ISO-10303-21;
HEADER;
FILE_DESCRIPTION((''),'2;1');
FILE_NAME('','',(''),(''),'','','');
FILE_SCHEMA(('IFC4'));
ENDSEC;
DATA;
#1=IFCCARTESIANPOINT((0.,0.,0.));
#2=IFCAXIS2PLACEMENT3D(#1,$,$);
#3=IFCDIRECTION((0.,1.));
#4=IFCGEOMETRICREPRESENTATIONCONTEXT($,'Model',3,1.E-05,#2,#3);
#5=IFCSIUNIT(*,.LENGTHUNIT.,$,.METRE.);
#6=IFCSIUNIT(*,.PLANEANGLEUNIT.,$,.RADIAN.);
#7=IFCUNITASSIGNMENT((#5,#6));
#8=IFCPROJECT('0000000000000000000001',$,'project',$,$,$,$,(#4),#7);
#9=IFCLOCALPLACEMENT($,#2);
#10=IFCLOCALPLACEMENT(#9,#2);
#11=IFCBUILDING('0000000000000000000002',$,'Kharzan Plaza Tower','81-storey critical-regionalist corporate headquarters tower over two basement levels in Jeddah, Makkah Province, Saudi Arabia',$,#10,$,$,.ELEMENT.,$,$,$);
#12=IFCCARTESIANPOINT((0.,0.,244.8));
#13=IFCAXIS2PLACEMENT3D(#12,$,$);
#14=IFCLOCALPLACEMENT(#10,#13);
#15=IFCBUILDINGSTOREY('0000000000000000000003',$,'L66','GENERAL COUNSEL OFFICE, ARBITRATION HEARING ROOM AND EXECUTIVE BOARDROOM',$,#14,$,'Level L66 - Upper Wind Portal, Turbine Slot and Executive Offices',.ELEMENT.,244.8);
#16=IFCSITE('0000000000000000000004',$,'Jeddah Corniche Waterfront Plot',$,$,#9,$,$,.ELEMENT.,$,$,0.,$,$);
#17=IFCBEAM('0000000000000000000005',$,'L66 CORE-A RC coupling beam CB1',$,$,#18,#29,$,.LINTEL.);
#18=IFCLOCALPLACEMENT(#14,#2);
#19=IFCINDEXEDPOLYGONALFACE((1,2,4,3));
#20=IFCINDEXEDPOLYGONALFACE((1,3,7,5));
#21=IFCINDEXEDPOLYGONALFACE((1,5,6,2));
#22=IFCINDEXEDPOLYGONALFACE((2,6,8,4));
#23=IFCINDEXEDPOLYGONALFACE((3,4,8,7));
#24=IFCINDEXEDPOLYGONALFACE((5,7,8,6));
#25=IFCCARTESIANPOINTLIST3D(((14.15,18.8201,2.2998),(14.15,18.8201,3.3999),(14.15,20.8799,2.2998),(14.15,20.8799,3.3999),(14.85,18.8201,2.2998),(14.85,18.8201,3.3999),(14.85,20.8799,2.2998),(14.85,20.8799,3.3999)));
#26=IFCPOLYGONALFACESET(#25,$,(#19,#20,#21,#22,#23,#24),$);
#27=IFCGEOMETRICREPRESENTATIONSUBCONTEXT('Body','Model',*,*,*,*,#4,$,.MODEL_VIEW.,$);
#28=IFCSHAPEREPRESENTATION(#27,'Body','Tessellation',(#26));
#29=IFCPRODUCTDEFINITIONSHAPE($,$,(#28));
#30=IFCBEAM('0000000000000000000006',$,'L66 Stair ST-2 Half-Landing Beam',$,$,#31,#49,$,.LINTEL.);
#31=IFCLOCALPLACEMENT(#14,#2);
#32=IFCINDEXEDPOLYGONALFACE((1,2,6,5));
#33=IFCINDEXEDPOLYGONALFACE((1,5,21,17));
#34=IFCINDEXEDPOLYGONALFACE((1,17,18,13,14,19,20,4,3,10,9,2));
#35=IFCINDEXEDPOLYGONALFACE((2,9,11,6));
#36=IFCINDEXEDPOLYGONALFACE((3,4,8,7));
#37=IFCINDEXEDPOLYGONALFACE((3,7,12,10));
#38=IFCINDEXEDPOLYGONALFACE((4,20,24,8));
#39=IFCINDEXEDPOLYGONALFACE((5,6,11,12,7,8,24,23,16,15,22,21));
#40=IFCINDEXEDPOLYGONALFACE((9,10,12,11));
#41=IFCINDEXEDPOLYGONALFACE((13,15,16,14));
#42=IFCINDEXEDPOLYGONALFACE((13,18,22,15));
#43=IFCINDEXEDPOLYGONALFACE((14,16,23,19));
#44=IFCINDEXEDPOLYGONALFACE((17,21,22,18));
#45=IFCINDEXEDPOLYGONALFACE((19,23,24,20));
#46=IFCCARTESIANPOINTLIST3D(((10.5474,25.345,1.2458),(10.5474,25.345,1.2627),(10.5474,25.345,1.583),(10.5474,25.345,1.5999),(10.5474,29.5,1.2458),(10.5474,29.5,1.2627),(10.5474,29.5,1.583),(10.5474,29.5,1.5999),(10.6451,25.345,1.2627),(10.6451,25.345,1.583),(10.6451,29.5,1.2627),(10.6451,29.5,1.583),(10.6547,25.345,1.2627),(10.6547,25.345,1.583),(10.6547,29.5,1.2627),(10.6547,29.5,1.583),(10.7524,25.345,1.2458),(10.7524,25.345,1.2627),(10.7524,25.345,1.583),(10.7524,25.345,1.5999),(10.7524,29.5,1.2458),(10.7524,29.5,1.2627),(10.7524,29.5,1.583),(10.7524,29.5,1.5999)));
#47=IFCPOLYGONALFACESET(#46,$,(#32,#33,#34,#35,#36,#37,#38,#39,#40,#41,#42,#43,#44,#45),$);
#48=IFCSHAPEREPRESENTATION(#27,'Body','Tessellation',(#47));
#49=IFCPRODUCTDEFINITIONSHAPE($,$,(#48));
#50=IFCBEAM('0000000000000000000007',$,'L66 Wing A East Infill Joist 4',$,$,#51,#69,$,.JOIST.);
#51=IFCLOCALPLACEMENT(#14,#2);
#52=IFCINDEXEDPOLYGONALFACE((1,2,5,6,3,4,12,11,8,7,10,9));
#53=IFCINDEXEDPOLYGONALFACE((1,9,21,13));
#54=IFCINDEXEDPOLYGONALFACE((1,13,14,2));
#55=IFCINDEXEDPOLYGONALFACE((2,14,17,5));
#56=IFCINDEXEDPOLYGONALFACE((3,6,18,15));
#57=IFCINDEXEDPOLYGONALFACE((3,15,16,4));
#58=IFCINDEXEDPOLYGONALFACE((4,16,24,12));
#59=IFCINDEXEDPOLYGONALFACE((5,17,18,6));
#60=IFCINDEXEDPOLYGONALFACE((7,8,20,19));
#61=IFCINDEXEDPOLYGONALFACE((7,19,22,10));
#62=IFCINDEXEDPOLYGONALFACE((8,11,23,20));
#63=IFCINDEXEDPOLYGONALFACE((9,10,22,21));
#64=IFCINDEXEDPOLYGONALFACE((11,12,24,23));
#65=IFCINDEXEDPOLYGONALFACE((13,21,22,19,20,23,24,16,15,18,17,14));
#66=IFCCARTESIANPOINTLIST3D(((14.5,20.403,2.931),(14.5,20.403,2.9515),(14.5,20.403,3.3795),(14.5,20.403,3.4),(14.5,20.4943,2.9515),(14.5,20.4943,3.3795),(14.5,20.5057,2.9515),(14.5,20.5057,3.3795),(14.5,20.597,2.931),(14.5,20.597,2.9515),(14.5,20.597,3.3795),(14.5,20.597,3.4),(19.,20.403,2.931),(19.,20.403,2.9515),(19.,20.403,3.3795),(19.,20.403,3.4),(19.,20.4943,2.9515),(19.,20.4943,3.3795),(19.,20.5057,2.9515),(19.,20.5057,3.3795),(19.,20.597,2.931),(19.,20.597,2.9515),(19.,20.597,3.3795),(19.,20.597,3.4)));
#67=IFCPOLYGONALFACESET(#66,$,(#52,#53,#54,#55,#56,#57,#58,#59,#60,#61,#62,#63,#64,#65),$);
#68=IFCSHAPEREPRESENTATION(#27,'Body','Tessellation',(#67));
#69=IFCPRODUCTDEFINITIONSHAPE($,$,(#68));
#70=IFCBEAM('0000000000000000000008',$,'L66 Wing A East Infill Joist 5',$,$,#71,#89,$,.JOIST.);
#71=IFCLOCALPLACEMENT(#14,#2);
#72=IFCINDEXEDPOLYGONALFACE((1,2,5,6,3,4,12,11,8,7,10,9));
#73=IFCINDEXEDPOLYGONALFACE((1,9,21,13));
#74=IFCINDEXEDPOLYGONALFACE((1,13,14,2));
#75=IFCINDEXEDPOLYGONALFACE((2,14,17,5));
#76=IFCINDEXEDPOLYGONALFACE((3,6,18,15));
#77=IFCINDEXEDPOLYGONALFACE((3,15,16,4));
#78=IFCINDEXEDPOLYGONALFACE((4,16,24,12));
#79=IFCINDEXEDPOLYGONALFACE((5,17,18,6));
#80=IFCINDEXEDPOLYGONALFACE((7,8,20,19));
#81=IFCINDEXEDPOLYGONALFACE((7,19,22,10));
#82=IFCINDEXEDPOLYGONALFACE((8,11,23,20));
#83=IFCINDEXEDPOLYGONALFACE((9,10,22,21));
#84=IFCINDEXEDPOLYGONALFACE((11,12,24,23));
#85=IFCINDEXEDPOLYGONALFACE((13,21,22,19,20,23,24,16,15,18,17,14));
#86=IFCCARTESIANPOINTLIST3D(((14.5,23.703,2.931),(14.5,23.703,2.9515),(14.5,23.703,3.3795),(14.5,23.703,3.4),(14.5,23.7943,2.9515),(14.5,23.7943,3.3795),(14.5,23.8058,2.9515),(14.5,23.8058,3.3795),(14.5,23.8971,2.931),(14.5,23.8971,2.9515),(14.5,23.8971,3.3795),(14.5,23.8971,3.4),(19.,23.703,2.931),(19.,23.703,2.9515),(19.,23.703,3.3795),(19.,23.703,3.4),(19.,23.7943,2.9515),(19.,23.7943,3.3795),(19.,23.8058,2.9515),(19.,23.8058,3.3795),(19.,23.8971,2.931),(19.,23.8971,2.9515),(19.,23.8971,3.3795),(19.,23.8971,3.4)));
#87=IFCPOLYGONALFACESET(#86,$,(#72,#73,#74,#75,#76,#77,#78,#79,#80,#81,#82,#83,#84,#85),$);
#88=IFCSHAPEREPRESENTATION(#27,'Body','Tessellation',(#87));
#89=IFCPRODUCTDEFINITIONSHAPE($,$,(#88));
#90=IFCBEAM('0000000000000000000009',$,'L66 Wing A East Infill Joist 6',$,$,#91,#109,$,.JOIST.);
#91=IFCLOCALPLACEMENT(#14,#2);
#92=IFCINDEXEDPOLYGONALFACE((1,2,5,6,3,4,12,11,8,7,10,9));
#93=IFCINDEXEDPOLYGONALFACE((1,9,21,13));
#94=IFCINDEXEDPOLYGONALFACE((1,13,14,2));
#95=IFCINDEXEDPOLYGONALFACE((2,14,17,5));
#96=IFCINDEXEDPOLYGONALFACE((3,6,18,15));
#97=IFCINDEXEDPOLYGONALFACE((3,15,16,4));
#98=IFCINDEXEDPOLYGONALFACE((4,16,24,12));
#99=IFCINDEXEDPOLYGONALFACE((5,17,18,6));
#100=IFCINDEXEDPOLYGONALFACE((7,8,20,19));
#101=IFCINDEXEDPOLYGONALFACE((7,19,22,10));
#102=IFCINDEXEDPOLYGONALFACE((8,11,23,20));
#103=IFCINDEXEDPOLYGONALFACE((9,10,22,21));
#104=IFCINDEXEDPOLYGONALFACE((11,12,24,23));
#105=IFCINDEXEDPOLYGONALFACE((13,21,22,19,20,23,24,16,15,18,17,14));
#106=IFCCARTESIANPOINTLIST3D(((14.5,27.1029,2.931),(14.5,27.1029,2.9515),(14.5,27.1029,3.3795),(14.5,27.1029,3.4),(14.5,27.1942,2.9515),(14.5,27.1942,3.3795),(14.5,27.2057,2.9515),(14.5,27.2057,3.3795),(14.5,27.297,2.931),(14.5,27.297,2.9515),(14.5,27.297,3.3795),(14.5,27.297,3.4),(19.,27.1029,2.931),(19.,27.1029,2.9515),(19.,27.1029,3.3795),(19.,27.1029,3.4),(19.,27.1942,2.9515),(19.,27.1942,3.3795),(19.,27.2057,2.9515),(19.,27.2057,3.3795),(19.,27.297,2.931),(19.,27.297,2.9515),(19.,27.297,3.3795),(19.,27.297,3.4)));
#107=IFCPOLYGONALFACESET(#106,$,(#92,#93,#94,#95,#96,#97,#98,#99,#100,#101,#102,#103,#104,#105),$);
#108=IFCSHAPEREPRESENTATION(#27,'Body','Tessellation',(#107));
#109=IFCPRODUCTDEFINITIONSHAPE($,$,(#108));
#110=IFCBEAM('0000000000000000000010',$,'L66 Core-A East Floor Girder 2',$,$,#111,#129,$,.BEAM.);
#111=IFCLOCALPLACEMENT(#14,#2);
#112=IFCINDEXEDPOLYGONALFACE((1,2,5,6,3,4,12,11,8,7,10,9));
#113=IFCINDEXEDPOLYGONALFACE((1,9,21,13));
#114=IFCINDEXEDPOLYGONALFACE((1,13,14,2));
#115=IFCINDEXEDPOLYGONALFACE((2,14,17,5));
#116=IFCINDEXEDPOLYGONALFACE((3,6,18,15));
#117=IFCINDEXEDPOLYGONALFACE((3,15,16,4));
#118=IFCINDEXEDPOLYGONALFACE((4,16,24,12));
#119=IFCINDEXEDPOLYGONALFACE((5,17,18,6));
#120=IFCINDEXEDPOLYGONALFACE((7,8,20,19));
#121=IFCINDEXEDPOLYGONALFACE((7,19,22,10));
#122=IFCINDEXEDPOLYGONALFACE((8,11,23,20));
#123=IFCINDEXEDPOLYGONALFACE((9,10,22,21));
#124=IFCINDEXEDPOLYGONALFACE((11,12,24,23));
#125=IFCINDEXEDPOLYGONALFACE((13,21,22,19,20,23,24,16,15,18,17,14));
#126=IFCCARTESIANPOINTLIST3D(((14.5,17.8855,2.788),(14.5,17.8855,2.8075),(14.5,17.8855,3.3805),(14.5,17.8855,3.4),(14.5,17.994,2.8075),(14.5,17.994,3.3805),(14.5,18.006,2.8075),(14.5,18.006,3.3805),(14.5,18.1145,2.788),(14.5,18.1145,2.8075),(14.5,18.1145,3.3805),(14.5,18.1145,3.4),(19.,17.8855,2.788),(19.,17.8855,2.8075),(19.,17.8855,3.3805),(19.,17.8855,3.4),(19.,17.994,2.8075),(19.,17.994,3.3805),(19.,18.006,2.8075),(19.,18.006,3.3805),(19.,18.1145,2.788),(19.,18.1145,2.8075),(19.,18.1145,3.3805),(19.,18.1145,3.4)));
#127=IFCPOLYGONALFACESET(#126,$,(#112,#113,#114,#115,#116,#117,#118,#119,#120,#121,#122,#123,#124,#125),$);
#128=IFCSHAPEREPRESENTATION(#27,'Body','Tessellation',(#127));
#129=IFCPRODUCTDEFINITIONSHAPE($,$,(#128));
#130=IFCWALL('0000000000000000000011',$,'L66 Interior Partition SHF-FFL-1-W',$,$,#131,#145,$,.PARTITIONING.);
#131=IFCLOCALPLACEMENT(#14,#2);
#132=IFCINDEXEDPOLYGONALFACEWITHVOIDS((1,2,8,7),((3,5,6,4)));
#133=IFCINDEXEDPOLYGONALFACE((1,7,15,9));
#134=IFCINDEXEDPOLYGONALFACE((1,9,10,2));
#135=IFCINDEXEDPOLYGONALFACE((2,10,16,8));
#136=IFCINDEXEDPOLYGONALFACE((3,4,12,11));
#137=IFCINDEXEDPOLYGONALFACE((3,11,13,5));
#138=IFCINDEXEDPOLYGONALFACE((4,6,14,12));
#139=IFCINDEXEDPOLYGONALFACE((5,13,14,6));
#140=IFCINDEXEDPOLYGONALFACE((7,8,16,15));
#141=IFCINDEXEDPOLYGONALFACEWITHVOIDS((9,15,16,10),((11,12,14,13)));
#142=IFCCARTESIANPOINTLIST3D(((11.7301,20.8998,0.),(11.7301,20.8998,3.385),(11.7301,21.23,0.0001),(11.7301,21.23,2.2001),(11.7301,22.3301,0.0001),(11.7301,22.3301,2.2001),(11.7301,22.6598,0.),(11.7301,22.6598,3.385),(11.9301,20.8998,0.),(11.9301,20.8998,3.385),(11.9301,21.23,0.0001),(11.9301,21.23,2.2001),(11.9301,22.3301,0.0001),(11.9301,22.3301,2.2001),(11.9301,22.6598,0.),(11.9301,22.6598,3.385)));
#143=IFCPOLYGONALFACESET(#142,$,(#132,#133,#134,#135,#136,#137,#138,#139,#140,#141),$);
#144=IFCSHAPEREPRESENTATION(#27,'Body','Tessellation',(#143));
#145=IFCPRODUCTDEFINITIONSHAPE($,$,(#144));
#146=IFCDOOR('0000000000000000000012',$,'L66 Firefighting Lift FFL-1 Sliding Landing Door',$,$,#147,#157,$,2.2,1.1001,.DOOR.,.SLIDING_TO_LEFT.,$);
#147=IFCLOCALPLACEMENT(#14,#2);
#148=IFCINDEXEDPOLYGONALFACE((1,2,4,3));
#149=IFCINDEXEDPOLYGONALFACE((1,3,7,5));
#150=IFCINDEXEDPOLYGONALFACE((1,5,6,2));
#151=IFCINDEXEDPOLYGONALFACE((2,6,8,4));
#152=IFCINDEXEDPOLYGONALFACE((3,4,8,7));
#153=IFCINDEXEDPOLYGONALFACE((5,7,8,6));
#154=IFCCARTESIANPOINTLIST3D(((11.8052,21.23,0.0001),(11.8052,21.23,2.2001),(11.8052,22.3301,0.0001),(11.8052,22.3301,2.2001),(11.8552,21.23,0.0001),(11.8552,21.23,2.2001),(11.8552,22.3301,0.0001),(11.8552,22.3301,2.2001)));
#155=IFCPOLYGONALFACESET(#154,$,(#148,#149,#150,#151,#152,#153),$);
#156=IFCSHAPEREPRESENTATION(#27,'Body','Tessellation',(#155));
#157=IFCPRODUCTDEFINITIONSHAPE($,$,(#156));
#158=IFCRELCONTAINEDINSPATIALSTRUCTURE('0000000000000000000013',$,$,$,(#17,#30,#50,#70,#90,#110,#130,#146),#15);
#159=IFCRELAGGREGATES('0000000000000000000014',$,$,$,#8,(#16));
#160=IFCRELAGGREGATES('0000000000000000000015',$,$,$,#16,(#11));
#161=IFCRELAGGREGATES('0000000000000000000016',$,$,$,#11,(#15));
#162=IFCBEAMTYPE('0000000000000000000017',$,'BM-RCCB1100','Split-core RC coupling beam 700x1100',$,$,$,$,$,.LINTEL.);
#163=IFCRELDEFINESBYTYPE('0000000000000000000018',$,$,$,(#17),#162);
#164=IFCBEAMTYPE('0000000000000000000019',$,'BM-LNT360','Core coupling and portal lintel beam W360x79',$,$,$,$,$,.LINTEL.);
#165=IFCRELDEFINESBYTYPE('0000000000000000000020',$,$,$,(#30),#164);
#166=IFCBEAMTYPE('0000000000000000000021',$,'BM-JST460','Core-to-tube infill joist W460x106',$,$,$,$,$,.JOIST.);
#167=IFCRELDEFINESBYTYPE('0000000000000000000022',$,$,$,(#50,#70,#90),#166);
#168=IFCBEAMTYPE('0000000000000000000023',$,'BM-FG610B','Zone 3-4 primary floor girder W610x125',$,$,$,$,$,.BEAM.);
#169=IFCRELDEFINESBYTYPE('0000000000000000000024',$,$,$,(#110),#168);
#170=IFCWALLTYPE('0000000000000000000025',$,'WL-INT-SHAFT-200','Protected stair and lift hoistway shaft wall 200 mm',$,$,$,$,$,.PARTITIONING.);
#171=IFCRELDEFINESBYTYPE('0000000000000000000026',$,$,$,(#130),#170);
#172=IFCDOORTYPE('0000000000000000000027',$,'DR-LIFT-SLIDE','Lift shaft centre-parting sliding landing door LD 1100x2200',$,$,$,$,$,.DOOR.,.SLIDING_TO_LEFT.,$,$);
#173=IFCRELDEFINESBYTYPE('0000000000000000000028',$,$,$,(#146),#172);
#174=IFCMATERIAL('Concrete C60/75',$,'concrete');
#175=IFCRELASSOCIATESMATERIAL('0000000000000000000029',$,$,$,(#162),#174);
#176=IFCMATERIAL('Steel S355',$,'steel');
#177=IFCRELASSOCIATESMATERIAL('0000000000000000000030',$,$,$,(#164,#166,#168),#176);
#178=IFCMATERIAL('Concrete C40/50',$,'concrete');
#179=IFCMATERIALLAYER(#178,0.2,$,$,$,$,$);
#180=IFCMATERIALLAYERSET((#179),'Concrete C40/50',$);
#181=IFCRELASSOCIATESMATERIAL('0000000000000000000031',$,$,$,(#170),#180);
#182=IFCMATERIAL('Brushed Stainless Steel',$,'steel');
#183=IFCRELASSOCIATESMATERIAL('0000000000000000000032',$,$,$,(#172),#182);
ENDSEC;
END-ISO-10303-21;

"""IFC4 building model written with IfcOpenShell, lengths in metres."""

from ifc_helpers import new_model, si_unit, direction, frame, frame_2d, origin, origin_2d, place, context, subcontext, project, spatial, rectangle, i_section, extrude, source, transform, mapped, material, layer, layer_set, material_profile, profile_set, type_object, element, fill, save


model = new_model("IFC4")

# Units and contexts
model_context = context("Model", 3, precision=1e-05, world=origin(), true_north=direction((0.0, 1.0)))
body_context = subcontext(model_context, "Body", "Model", "MODEL_VIEW")
ifc_project = project(units=[si_unit("LENGTHUNIT", "METRE"), si_unit("PLANEANGLEUNIT", "RADIAN")], contexts=[model_context])

# Site, building, storey
site_placement = place(None, origin())
site = spatial("IfcSite", under=ifc_project, at=site_placement, Name="Jeddah Corniche Waterfront Plot", CompositionType="ELEMENT", RefElevation=0.0)
building_placement = place(site_placement, origin())
building = spatial("IfcBuilding", under=site, at=building_placement, Name="Kharzan Plaza Tower", Description="81-storey critical-regionalist corporate headquarters tower over two basement levels in Jeddah, Makkah Province, Saudi Arabia", CompositionType="ELEMENT")
storey_placement = place(building_placement, frame((0.0, 0.0, 244.8)))
storey = spatial("IfcBuildingStorey", under=building, at=storey_placement, Name="L66", Description="GENERAL COUNSEL OFFICE, ARBITRATION HEARING ROOM AND EXECUTIVE BOARDROOM", LongName="Level L66 - Upper Wind Portal, Turbine Slot and Executive Offices", CompositionType="ELEMENT", Elevation=244.8)

# Beams
ifc_material_1 = material(Name="Concrete C60/75", Category="concrete")
ifc_material_profile_1 = material_profile(ifc_material_1, rectangle(XDim=0.7, YDim=1.1001, at=origin_2d()), Name="RC-CB1100x700")
ifc_profile_set_1 = profile_set([ifc_material_profile_1], Name="Concrete C60/75")
beam_type_1 = type_object("IfcBeamType", Name="BM-RCCB1100", Description="Split-core RC coupling beam 700x1100", PredefinedType="LINTEL", material=ifc_profile_set_1)
shared_shape_1 = source(origin(), body_context, "Body", "SweptSolid", [
    extrude(rectangle(XDim=0.7, YDim=1.1001, at=origin_2d()), origin(), (0.0, 0.0, 1.0), 2.0598),
])
beam_1_placement = place(storey_placement, frame((14.5, 18.8201, 2.8499), z_axis=(0.0, 1.0, 0.0), x_axis=(-1.0, 0.0, 0.0)))
element("IfcBeam", 1, at=beam_1_placement, inside=storey, type_object=beam_type_1, Name="L66 CORE-A RC coupling beam CB1", PredefinedType="LINTEL", context=body_context, shape_type="MappedRepresentation", body=[
    mapped(shared_shape_1, transform((0.0, 0.0, 0.0), x_axis=(1.0, 0.0, 0.0), y_axis=(0.0, 1.0, 0.0), z_axis=(0.0, 0.0, 1.0))),
])
ifc_material_2 = material(Name="Steel S355", Category="steel")
ifc_material_profile_2 = material_profile(ifc_material_2, i_section(OverallWidth=0.2051, OverallDepth=0.354, WebThickness=0.0095, FlangeThickness=0.0168, at=origin_2d()), Name="W360x79")
ifc_profile_set_2 = profile_set([ifc_material_profile_2], Name="Steel S355")
beam_type_2 = type_object("IfcBeamType", Name="BM-LNT360", Description="Core coupling and portal lintel beam W360x79", PredefinedType="LINTEL", material=ifc_profile_set_2)
shared_shape_2 = source(origin(), body_context, "Body", "SweptSolid", [
    extrude(i_section(OverallWidth=0.2051, OverallDepth=0.354, WebThickness=0.0095, FlangeThickness=0.0168, at=origin_2d()), origin(), (0.0, 0.0, 1.0), 4.155),
])
beam_2_placement = place(storey_placement, frame((10.6499, 25.345, 1.4229), z_axis=(0.0, 1.0, 0.0), x_axis=(-1.0, 0.0, 0.0)))
element("IfcBeam", 2, at=beam_2_placement, inside=storey, type_object=beam_type_2, Name="L66 Stair ST-2 Half-Landing Beam", PredefinedType="LINTEL", context=body_context, shape_type="MappedRepresentation", body=[
    mapped(shared_shape_2, transform((0.0, 0.0, 0.0), x_axis=(1.0, 0.0, 0.0), y_axis=(0.0, 1.0, 0.0), z_axis=(0.0, 0.0, 1.0))),
])
ifc_material_profile_3 = material_profile(ifc_material_2, i_section(OverallWidth=0.1941, OverallDepth=0.469, WebThickness=0.0115, FlangeThickness=0.0205, at=origin_2d()), Name="W460x106")
ifc_profile_set_3 = profile_set([ifc_material_profile_3], Name="Steel S355")
beam_type_3 = type_object("IfcBeamType", Name="BM-JST460", Description="Core-to-tube infill joist W460x106", PredefinedType="JOIST", material=ifc_profile_set_3)
shared_shape_3 = source(origin(), body_context, "Body", "SweptSolid", [
    extrude(i_section(OverallWidth=0.1941, OverallDepth=0.469, WebThickness=0.0115, FlangeThickness=0.0205, at=origin_2d()), origin(), (0.0, 0.0, 1.0), 4.5),
])
for number, where, z_axis, x_axis, name in (
    (3, (14.5, 20.5, 3.1655), (1.0, 0.0, 0.0), (0.0, 1.0, 0.0), "L66 Wing A East Infill Joist 4"),
    (4, (14.5, 23.8, 3.1655), (1.0, 0.0, 0.0), (0.0, 1.0, 0.0), "L66 Wing A East Infill Joist 5"),
    (5, (14.5, 27.2, 3.1655), (1.0, 0.0, 0.0), (0.0, 1.0, 0.0), "L66 Wing A East Infill Joist 6"),
):
    element("IfcBeam", number, at=place(storey_placement, frame(where, z_axis=z_axis, x_axis=x_axis)), inside=storey, type_object=beam_type_3, Name=name, PredefinedType="JOIST", context=body_context, shape_type="MappedRepresentation", body=[
        mapped(shared_shape_3, transform((0.0, 0.0, 0.0), x_axis=(1.0, 0.0, 0.0), y_axis=(0.0, 1.0, 0.0), z_axis=(0.0, 0.0, 1.0))),
    ])
ifc_material_profile_4 = material_profile(ifc_material_2, i_section(OverallWidth=0.229, OverallDepth=0.6121, WebThickness=0.012, FlangeThickness=0.0195, at=origin_2d()), Name="W610x125")
ifc_profile_set_4 = profile_set([ifc_material_profile_4], Name="Steel S355")
beam_type_4 = type_object("IfcBeamType", Name="BM-FG610B", Description="Zone 3-4 primary floor girder W610x125", PredefinedType="BEAM", material=ifc_profile_set_4)
shared_shape_4 = source(origin(), body_context, "Body", "SweptSolid", [
    extrude(i_section(OverallWidth=0.229, OverallDepth=0.6121, WebThickness=0.012, FlangeThickness=0.0195, at=origin_2d()), origin(), (0.0, 0.0, 1.0), 4.5),
])
beam_3_placement = place(storey_placement, frame((14.5, 18.0, 3.094), z_axis=(1.0, 0.0, 0.0), x_axis=(0.0, 1.0, 0.0)))
element("IfcBeam", 6, at=beam_3_placement, inside=storey, type_object=beam_type_4, Name="L66 Core-A East Floor Girder 2", PredefinedType="BEAM", context=body_context, shape_type="MappedRepresentation", body=[
    mapped(shared_shape_4, transform((0.0, 0.0, 0.0), x_axis=(1.0, 0.0, 0.0), y_axis=(0.0, 1.0, 0.0), z_axis=(0.0, 0.0, 1.0))),
])

# Wall, opening, door
ifc_material_3 = material(Name="Concrete C40/50", Category="concrete")
ifc_layer_1 = layer(ifc_material_3, 0.2)
ifc_layer_set_1 = layer_set([ifc_layer_1], Name="Concrete C40/50")
wall_type_1 = type_object("IfcWallType", Name="WL-INT-SHAFT-200", Description="Protected stair and lift hoistway shaft wall 200 mm", PredefinedType="PARTITIONING", material=ifc_layer_set_1)
wall_1_placement = place(storey_placement, frame((11.8301, 20.8999, 0.0), z_axis=(0.0, 0.0, 1.0), x_axis=(0.0, 1.0, 0.0)))
wall_1 = element("IfcWall", 7, at=wall_1_placement, inside=storey, type_object=wall_type_1, Name="L66 Interior Partition SHF-FFL-1-W", PredefinedType="PARTITIONING", context=body_context, shape_type="SweptSolid", body=[
    extrude(rectangle(XDim=1.76, YDim=0.2, at=frame_2d((0.8799, 0.0))), origin(), (0.0, 0.0, 1.0), 3.385),
])
opening_1_placement = place(wall_1_placement, frame((0.3301, 0.0, 0.0)))
opening_1 = element("IfcOpeningElement", 8, at=opening_1_placement, cuts=wall_1, PredefinedType="OPENING", context=body_context, shape_type="SweptSolid", body=[
    extrude(rectangle(XDim=1.1001, YDim=2.2, at=frame_2d((0.55, 1.1001))), frame((0.0, 0.1099, 0.0), z_axis=(0.0, -1.0, 0.0), x_axis=(1.0, 0.0, 0.0)), (0.0, 0.0, 1.0), 0.22),
])
ifc_material_4 = material(Name="Brushed Stainless Steel", Category="steel")
door_type_1 = type_object("IfcDoorType", Name="DR-LIFT-SLIDE", Description="Lift shaft centre-parting sliding landing door LD 1100x2200", OperationType="SLIDING_TO_LEFT", PredefinedType="DOOR", material=ifc_material_4)
shared_shape_5 = source(origin(), body_context, "Body", "SweptSolid", [
    extrude(rectangle(XDim=1.1001, YDim=2.2, at=frame_2d((0.55, 1.1001))), frame((0.0, 0.0249, 0.0), z_axis=(0.0, -1.0, 0.0), x_axis=(1.0, 0.0, 0.0)), (0.0, 0.0, 1.0), 0.05),
])
door_1_placement = place(opening_1_placement, origin())
door_1 = element("IfcDoor", 9, at=door_1_placement, inside=storey, type_object=door_type_1, Name="L66 Firefighting Lift FFL-1 Sliding Landing Door", OperationType="SLIDING_TO_LEFT", OverallHeight=2.2, OverallWidth=1.1001, PredefinedType="DOOR", context=body_context, shape_type="MappedRepresentation", body=[
    mapped(shared_shape_5, transform((0.0, 0.0, 0.0), x_axis=(1.0, 0.0, 0.0), y_axis=(0.0, 1.0, 0.0), z_axis=(0.0, 0.0, 1.0))),
])
fill(opening_1, door_1)

save(model, "model.ifc")
